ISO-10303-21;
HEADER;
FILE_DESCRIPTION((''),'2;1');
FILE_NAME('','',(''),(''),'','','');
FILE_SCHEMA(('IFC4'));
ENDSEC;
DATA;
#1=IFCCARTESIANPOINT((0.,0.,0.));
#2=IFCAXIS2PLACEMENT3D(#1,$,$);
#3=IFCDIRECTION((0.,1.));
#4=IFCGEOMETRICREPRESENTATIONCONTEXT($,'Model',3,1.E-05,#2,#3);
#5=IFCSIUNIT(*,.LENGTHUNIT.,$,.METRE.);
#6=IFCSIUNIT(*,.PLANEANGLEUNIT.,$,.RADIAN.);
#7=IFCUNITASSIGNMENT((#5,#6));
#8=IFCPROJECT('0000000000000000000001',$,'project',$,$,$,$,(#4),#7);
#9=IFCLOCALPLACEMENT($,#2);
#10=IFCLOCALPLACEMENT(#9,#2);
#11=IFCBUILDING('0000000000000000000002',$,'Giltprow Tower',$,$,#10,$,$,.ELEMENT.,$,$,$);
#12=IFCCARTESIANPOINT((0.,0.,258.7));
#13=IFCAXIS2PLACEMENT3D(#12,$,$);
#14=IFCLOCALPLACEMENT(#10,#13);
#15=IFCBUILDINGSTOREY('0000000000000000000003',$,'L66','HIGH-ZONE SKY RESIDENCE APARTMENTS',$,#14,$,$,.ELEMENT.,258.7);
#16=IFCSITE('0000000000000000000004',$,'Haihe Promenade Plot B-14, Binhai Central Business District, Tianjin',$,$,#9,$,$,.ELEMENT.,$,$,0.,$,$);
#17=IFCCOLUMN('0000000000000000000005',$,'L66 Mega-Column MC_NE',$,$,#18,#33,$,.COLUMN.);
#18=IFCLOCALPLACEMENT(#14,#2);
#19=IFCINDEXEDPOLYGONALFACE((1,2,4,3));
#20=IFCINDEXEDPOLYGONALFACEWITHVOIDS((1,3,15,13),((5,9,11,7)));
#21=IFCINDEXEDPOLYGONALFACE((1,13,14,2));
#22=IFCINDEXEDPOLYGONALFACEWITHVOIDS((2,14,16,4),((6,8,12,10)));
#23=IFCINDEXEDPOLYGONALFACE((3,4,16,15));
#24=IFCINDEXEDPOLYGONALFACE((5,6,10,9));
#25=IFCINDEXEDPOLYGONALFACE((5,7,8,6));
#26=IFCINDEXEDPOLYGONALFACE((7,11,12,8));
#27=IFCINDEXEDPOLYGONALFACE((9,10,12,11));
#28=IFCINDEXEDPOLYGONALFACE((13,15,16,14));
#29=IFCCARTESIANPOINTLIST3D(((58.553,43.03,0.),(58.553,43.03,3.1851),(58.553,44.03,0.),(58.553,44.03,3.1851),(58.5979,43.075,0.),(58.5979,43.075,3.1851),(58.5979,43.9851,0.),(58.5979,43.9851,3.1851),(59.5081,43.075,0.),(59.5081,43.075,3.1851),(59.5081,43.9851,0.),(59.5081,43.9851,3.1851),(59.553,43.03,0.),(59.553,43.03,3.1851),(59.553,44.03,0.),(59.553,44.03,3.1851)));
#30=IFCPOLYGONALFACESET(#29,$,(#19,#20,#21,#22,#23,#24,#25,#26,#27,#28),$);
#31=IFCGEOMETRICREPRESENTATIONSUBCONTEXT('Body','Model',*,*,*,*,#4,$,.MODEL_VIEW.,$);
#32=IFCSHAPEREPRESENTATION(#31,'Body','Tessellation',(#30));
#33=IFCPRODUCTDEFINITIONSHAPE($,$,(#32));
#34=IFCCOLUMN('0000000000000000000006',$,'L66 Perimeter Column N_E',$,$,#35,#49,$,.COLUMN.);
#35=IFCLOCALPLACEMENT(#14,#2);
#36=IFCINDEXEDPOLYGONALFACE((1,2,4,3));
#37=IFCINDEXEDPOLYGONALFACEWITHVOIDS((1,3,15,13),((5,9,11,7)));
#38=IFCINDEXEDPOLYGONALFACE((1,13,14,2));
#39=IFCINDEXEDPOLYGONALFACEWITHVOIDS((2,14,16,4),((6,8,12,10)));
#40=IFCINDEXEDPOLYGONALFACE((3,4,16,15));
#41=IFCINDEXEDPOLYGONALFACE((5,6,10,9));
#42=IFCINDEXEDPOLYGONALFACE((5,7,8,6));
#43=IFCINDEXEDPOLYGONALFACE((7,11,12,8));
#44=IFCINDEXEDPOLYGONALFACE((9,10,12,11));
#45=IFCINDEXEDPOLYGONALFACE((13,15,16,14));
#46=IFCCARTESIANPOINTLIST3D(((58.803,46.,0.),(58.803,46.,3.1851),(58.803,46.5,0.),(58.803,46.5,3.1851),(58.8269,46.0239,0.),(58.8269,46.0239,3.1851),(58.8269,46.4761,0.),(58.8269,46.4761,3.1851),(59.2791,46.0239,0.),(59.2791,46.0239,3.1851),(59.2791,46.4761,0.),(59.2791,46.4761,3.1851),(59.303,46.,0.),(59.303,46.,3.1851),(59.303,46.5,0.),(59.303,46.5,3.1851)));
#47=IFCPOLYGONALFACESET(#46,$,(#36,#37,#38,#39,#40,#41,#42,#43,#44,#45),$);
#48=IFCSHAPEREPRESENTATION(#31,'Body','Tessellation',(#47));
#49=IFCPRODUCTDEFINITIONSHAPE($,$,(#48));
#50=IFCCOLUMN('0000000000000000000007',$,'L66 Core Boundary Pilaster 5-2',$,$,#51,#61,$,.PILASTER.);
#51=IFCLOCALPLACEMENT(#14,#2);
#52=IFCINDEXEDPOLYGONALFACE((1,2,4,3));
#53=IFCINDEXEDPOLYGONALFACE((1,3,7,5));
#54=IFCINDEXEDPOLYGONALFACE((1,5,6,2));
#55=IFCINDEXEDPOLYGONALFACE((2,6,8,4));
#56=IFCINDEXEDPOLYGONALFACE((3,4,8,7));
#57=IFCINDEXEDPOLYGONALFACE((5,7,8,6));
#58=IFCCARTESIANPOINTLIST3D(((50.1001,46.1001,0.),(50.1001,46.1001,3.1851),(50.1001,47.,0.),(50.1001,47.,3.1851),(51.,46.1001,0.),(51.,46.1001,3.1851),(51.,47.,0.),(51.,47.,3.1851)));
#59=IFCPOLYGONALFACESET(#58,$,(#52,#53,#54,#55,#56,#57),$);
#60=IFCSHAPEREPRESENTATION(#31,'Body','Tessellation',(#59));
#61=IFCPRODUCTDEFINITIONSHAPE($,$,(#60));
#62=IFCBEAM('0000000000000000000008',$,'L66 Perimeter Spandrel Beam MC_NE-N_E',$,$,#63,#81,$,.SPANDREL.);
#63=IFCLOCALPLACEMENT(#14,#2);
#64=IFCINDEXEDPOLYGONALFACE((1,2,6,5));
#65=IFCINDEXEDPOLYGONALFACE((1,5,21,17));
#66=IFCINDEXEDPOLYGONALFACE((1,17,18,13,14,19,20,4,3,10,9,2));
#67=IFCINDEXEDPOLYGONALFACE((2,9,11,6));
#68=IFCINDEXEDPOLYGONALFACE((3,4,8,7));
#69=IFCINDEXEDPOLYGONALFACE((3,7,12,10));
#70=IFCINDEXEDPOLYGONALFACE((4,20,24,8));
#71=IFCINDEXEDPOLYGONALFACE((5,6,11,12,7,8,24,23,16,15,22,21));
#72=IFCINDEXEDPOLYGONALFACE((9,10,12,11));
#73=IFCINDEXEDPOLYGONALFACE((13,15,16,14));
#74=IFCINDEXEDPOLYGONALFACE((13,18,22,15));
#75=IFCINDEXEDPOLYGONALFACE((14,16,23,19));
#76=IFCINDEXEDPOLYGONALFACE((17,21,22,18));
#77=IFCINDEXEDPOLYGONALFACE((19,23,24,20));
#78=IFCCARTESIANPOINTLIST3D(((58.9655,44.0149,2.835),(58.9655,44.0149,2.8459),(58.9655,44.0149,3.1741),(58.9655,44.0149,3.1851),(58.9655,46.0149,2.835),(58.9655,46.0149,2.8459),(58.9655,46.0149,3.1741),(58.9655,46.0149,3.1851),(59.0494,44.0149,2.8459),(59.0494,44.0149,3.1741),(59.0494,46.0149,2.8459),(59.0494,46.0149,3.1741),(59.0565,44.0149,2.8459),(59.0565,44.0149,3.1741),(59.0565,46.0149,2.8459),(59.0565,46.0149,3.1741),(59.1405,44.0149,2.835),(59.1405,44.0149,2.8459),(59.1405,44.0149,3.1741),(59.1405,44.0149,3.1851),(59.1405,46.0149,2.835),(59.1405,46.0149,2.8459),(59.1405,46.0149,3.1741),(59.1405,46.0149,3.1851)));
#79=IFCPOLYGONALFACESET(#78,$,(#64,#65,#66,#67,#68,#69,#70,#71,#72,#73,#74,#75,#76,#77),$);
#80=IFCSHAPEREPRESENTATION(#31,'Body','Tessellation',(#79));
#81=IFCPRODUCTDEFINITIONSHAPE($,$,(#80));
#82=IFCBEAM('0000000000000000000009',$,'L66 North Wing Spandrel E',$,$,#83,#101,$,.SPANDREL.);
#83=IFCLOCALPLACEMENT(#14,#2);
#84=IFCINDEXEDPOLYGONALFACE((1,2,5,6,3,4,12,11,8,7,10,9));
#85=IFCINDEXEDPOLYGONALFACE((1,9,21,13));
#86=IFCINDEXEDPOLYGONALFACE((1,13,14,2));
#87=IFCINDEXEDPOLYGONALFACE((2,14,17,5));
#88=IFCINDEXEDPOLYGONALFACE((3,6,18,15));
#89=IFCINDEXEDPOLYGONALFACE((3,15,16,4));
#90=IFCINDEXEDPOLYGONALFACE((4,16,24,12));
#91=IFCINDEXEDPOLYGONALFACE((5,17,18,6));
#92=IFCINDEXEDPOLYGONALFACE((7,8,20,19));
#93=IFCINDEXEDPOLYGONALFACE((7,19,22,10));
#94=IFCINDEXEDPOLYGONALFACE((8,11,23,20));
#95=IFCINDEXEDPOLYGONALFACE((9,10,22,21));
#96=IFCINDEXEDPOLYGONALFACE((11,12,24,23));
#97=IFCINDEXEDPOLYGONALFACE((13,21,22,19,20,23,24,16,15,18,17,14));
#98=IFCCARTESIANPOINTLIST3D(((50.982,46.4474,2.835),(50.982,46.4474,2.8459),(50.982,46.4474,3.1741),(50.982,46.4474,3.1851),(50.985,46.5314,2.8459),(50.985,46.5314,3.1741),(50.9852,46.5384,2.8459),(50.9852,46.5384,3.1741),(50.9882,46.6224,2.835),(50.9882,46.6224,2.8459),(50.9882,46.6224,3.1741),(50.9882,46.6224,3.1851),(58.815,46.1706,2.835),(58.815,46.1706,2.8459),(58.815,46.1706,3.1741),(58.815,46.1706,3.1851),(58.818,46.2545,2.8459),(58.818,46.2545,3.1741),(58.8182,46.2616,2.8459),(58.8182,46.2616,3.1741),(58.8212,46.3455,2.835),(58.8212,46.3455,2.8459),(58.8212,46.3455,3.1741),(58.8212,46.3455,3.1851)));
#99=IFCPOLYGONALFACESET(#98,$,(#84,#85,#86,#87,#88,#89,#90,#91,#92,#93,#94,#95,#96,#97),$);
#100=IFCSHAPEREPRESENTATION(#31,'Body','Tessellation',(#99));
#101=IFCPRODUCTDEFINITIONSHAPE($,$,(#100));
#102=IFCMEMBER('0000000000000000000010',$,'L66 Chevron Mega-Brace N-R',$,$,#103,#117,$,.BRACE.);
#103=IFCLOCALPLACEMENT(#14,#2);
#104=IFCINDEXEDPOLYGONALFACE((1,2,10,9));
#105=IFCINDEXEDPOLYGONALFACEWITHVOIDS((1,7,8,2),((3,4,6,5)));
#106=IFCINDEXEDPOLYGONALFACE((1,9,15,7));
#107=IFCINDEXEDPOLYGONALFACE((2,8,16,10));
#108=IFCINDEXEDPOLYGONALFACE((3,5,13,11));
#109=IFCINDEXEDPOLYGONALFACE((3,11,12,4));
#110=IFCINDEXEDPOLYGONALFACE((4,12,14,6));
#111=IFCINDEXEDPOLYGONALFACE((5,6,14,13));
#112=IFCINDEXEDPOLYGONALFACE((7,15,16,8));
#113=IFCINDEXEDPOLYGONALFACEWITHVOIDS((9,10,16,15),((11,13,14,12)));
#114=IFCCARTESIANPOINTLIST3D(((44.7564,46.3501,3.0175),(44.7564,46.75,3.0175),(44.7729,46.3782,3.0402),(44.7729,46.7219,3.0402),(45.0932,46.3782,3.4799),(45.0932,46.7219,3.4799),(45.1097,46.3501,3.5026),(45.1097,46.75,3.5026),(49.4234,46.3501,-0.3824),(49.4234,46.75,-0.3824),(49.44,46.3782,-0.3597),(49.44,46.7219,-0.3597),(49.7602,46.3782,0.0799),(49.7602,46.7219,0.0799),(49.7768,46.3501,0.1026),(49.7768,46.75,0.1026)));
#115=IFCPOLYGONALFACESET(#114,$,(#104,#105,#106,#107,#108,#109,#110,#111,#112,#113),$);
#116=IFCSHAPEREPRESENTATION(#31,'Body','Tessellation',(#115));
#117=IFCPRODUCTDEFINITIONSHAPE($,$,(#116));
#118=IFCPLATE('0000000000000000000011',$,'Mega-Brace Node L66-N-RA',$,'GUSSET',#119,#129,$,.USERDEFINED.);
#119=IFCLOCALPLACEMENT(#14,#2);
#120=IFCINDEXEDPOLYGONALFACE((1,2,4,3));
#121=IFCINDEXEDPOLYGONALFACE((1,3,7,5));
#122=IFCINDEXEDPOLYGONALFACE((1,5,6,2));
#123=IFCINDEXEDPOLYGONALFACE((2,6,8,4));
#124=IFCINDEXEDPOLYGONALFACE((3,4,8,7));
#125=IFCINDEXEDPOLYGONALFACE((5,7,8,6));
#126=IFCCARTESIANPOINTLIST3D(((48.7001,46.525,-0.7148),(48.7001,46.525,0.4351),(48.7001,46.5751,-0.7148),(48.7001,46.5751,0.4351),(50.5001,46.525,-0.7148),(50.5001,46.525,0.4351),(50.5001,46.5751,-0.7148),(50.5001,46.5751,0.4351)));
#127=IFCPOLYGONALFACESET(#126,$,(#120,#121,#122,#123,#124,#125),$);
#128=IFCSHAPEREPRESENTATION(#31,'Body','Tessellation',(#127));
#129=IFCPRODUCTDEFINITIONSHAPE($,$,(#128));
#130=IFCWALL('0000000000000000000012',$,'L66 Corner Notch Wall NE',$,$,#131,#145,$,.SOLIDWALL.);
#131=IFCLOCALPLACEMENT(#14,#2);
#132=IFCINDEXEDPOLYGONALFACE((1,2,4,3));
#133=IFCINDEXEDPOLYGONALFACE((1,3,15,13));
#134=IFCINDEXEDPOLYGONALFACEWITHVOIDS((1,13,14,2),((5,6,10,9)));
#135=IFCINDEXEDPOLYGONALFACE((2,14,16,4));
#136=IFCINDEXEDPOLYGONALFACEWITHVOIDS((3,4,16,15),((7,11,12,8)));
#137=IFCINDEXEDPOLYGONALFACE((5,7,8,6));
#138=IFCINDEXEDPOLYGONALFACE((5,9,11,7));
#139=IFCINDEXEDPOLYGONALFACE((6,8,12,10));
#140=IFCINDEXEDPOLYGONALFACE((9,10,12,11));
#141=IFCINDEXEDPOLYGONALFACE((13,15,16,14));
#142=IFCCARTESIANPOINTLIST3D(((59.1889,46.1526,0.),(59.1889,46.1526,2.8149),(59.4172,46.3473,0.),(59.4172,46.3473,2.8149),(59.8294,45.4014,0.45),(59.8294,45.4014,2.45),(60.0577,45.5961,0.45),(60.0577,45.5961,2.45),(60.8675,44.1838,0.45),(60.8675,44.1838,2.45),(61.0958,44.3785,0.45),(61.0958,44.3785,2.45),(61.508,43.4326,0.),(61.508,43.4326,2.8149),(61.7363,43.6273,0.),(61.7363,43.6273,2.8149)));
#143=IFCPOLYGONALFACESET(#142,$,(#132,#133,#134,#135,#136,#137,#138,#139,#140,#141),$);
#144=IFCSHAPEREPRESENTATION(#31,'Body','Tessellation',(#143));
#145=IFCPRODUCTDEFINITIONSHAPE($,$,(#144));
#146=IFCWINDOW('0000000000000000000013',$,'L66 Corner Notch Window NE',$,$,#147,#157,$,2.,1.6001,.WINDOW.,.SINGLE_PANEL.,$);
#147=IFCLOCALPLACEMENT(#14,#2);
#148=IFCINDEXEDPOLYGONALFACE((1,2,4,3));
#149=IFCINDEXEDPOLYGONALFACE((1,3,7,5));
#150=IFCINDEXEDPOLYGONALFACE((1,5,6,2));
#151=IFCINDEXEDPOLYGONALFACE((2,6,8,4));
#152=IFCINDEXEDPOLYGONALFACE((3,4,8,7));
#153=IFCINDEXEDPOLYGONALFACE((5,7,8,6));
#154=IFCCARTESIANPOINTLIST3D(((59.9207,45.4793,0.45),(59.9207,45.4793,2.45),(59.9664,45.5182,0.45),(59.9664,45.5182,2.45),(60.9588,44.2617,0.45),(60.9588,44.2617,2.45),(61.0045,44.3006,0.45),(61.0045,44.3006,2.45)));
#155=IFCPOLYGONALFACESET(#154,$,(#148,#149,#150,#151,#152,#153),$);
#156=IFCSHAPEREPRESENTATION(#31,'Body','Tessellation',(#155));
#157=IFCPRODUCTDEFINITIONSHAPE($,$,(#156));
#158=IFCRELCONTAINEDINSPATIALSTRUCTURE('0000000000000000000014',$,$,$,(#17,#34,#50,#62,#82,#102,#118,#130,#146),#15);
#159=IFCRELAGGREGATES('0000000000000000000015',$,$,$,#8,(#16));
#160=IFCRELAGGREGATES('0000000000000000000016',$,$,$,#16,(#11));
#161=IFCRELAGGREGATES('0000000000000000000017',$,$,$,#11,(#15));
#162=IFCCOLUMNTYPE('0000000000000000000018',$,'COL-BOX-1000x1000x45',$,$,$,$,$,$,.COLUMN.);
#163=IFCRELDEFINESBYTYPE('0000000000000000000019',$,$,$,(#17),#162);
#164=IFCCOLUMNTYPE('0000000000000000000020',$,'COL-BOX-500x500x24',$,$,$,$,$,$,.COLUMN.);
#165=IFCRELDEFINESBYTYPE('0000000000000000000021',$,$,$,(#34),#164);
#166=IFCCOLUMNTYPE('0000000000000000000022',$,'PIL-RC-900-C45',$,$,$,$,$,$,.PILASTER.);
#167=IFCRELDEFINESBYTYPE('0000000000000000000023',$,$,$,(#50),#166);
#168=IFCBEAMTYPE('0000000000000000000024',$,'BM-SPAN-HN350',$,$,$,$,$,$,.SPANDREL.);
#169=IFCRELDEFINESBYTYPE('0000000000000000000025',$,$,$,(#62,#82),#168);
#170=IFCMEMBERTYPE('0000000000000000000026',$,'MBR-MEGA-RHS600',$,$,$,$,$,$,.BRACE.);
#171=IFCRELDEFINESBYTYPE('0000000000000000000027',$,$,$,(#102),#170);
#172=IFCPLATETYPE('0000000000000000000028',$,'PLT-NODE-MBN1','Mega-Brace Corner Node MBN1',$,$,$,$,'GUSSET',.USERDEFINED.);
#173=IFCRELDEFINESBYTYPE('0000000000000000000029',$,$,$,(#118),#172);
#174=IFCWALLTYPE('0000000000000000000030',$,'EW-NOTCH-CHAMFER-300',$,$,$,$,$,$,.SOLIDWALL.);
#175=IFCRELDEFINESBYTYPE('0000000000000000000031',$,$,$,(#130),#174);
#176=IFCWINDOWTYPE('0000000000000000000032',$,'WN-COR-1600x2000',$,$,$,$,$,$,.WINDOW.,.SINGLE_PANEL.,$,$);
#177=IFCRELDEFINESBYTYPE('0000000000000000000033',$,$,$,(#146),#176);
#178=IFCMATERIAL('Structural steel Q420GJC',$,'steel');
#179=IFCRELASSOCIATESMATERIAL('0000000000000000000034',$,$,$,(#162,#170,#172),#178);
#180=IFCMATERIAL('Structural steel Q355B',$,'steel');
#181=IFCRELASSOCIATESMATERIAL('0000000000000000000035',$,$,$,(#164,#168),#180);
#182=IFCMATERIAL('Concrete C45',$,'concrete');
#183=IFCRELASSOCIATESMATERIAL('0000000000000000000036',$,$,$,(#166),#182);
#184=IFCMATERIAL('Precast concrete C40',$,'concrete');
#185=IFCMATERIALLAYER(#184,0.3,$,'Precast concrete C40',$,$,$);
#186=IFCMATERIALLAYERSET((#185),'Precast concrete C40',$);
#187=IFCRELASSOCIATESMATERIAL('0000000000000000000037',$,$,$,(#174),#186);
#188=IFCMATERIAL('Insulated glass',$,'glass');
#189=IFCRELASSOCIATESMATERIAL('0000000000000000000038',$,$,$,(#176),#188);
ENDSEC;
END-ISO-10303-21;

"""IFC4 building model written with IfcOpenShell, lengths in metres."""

from ifc_helpers import new_model, si_unit, direction, frame, frame_2d, origin, origin_2d, place, context, subcontext, project, spatial, rectangle, hollow_rectangle, i_section, extrude, source, transform, mapped, material, layer, layer_set, material_profile, profile_set, type_object, element, fill, save


model = new_model("IFC4")

# Units and contexts
model_context = context("Model", 3, precision=1e-05, world=origin(), true_north=direction((0.0, 1.0)))
body_context = subcontext(model_context, "Body", "Model", "MODEL_VIEW")
ifc_project = project(units=[si_unit("LENGTHUNIT", "METRE"), si_unit("PLANEANGLEUNIT", "RADIAN")], contexts=[model_context])

# Site, building, storey
site_placement = place(None, origin())
site = spatial("IfcSite", under=ifc_project, at=site_placement, Name="Haihe Promenade Plot B-14, Binhai Central Business District, Tianjin", CompositionType="ELEMENT", RefElevation=0.0)
building_placement = place(site_placement, origin())
building = spatial("IfcBuilding", under=site, at=building_placement, Name="Giltprow Tower", CompositionType="ELEMENT")
storey_placement = place(building_placement, frame((0.0, 0.0, 258.7)))
storey = spatial("IfcBuildingStorey", under=building, at=storey_placement, Name="L66", Description="HIGH-ZONE SKY RESIDENCE APARTMENTS", CompositionType="ELEMENT", Elevation=258.7)

# Columns
ifc_material_1 = material(Name="Structural steel Q420GJC", Category="steel")
ifc_material_profile_1 = material_profile(ifc_material_1, hollow_rectangle(XDim=1.0, YDim=1.0, WallThickness=0.0449, at=origin_2d()), Name="BOX 1000x1000x45")
ifc_profile_set_1 = profile_set([ifc_material_profile_1], Name="Structural steel Q420GJC")
column_type_1 = type_object("IfcColumnType", Name="COL-BOX-1000x1000x45", PredefinedType="COLUMN", material=ifc_profile_set_1)
shared_shape_1 = source(origin(), body_context, "Body", "SweptSolid", [
    extrude(hollow_rectangle(XDim=1.0, YDim=1.0, WallThickness=0.0449, at=origin_2d()), origin(), (0.0, 0.0, 1.0), 3.1851),
])
column_1_placement = place(storey_placement, frame((59.053, 43.53, 0.0), z_axis=(0.0, 0.0, 1.0), x_axis=(1.0, 0.0, 0.0)))
element("IfcColumn", 1, at=column_1_placement, inside=storey, type_object=column_type_1, Name="L66 Mega-Column MC_NE", PredefinedType="COLUMN", context=body_context, shape_type="MappedRepresentation", body=[
    mapped(shared_shape_1, transform((0.0, 0.0, 0.0), x_axis=(1.0, 0.0, 0.0), y_axis=(0.0, 1.0, 0.0), z_axis=(0.0, 0.0, 1.0), scale=1.0)),
])
ifc_material_2 = material(Name="Structural steel Q355B", Category="steel")
ifc_material_profile_2 = material_profile(ifc_material_2, hollow_rectangle(XDim=0.5, YDim=0.5, WallThickness=0.0239, at=origin_2d()), Name="BOX 500x500x24")
ifc_profile_set_2 = profile_set([ifc_material_profile_2], Name="Structural steel Q355B")
column_type_2 = type_object("IfcColumnType", Name="COL-BOX-500x500x24", PredefinedType="COLUMN", material=ifc_profile_set_2)
shared_shape_2 = source(origin(), body_context, "Body", "SweptSolid", [
    extrude(hollow_rectangle(XDim=0.5, YDim=0.5, WallThickness=0.0239, at=origin_2d()), origin(), (0.0, 0.0, 1.0), 3.1851),
])
column_2_placement = place(storey_placement, frame((59.053, 46.25, 0.0), z_axis=(0.0, 0.0, 1.0), x_axis=(1.0, 0.0, 0.0)))
element("IfcColumn", 2, at=column_2_placement, inside=storey, type_object=column_type_2, Name="L66 Perimeter Column N_E", PredefinedType="COLUMN", context=body_context, shape_type="MappedRepresentation", body=[
    mapped(shared_shape_2, transform((0.0, 0.0, 0.0), x_axis=(1.0, 0.0, 0.0), y_axis=(0.0, 1.0, 0.0), z_axis=(0.0, 0.0, 1.0), scale=1.0)),
])
ifc_material_3 = material(Name="Concrete C45", Category="concrete")
ifc_material_profile_3 = material_profile(ifc_material_3, rectangle(XDim=0.8999, YDim=0.8999, at=origin_2d()), Name="RC 900x900")
ifc_profile_set_3 = profile_set([ifc_material_profile_3], Name="Concrete C45")
column_type_3 = type_object("IfcColumnType", Name="PIL-RC-900-C45", PredefinedType="PILASTER", material=ifc_profile_set_3)
shared_shape_3 = source(origin(), body_context, "Body", "SweptSolid", [
    extrude(rectangle(XDim=0.8999, YDim=0.8999, at=origin_2d()), origin(), (0.0, 0.0, 1.0), 3.1851),
])
column_3_placement = place(storey_placement, frame((50.55, 46.55, 0.0), z_axis=(0.0, 0.0, 1.0), x_axis=(1.0, 0.0, 0.0)))
element("IfcColumn", 3, at=column_3_placement, inside=storey, type_object=column_type_3, Name="L66 Core Boundary Pilaster 5-2", PredefinedType="PILASTER", context=body_context, shape_type="MappedRepresentation", body=[
    mapped(shared_shape_3, transform((0.0, 0.0, 0.0), x_axis=(1.0, 0.0, 0.0), y_axis=(0.0, 1.0, 0.0), z_axis=(0.0, 0.0, 1.0), scale=1.0)),
])

# Beams
ifc_material_profile_4 = material_profile(ifc_material_2, i_section(OverallWidth=0.175, OverallDepth=0.3501, WebThickness=0.0071, FlangeThickness=0.011, at=origin_2d()), Name="HN 350x175x7x11")
ifc_profile_set_4 = profile_set([ifc_material_profile_4], Name="Structural steel Q355B")
beam_type = type_object("IfcBeamType", Name="BM-SPAN-HN350", PredefinedType="SPANDREL", material=ifc_profile_set_4)
shared_shape_4 = source(origin(), body_context, "Body", "SweptSolid", [
    extrude(i_section(OverallWidth=0.175, OverallDepth=0.3501, WebThickness=0.0071, FlangeThickness=0.011, at=origin_2d()), origin(), (0.0, 0.0, 1.0), 2.0),
])
beam_1_placement = place(storey_placement, frame((59.053, 44.0149, 3.01), z_axis=(0.0, 1.0, 0.0), x_axis=(-1.0, 0.0, 0.0)))
element("IfcBeam", 4, at=beam_1_placement, inside=storey, type_object=beam_type, Name="L66 Perimeter Spandrel Beam MC_NE-N_E", PredefinedType="SPANDREL", context=body_context, shape_type="MappedRepresentation", body=[
    mapped(shared_shape_4, transform((0.0, 0.0, 0.0), x_axis=(1.0, 0.0, 0.0), y_axis=(0.0, 1.0, 0.0), z_axis=(0.0, 0.0, 1.0), scale=1.0)),
])
shared_shape_5 = source(origin(), body_context, "Body", "SweptSolid", [
    extrude(i_section(OverallWidth=0.175, OverallDepth=0.3501, WebThickness=0.0071, FlangeThickness=0.011, at=origin_2d()), origin(), (0.0, 0.0, 1.0), 7.8379),
])
beam_2_placement = place(storey_placement, frame((50.9851, 46.5349, 3.01), z_axis=(0.999376, -0.035323, 0.0), x_axis=(0.035323, 0.999376, 0.0)))
element("IfcBeam", 5, at=beam_2_placement, inside=storey, type_object=beam_type, Name="L66 North Wing Spandrel E", PredefinedType="SPANDREL", context=body_context, shape_type="MappedRepresentation", body=[
    mapped(shared_shape_5, transform((0.0, 0.0, 0.0), x_axis=(1.0, 0.0, 0.0), y_axis=(0.0, 1.0, 0.0), z_axis=(0.0, 0.0, 1.0), scale=1.0)),
])

# Member
ifc_material_profile_5 = material_profile(ifc_material_1, hollow_rectangle(XDim=0.3999, YDim=0.6001, WallThickness=0.0281, at=origin_2d()), Name="RHS 600x400x28")
ifc_profile_set_5 = profile_set([ifc_material_profile_5], Name="Structural steel Q420GJC")
member_type = type_object("IfcMemberType", Name="MBR-MEGA-RHS600", PredefinedType="BRACE", material=ifc_profile_set_5)
shared_shape_6 = source(origin(), body_context, "Body", "SweptSolid", [
    extrude(hollow_rectangle(XDim=0.3999, YDim=0.6001, WallThickness=0.0281, at=origin_2d()), origin(), (0.0, 0.0, 1.0), 5.7742),
])
member_placement = place(storey_placement, frame((49.6001, 46.55, -0.1399), z_axis=(-0.808264, 0.0, 0.58882), x_axis=(0.0, -1.0, 0.0)))
element("IfcMember", 6, at=member_placement, inside=storey, type_object=member_type, Name="L66 Chevron Mega-Brace N-R", PredefinedType="BRACE", context=body_context, shape_type="MappedRepresentation", body=[
    mapped(shared_shape_6, transform((0.0, 0.0, 0.0), x_axis=(1.0, 0.0, 0.0), y_axis=(0.0, 1.0, 0.0), z_axis=(0.0, 0.0, 1.0), scale=1.0)),
])

# Plate
plate_type = type_object("IfcPlateType", Name="PLT-NODE-MBN1", Description="Mega-Brace Corner Node MBN1", ElementType="GUSSET", PredefinedType="USERDEFINED", material=ifc_material_1)
shared_shape_7 = source(origin(), body_context, "Body", "SweptSolid", [
    extrude(rectangle(XDim=1.8, YDim=0.05, at=origin_2d()), origin(), (0.0, 0.0, 1.0), 1.1499),
])
plate_placement = place(storey_placement, frame((49.6001, 46.55, -0.7148), z_axis=(0.0, 0.0, 1.0), x_axis=(1.0, 0.0, 0.0)))
element("IfcPlate", 7, at=plate_placement, inside=storey, type_object=plate_type, Name="Mega-Brace Node L66-N-RA", ObjectType="GUSSET", PredefinedType="USERDEFINED", context=body_context, shape_type="MappedRepresentation", body=[
    mapped(shared_shape_7, transform((0.0, 0.0, 0.0), x_axis=(1.0, 0.0, 0.0), y_axis=(0.0, 1.0, 0.0), z_axis=(0.0, 0.0, 1.0), scale=1.0)),
])

# Wall, opening, window
ifc_material_4 = material(Name="Precast concrete C40", Category="concrete")
ifc_layer_1 = layer(ifc_material_4, 0.3, Name="Precast concrete C40")
ifc_layer_set_1 = layer_set([ifc_layer_1], Name="Precast concrete C40")
wall_type_1 = type_object("IfcWallType", Name="EW-NOTCH-CHAMFER-300", PredefinedType="SOLIDWALL", material=ifc_layer_set_1)
wall_1_placement = place(storey_placement, frame((61.6221, 43.53, 0.0), z_axis=(0.0, 0.0, 1.0), x_axis=(-0.648804, 0.760956, 0.0)))
wall_1 = element("IfcWall", 8, at=wall_1_placement, inside=storey, type_object=wall_type_1, Name="L66 Corner Notch Wall NE", PredefinedType="SOLIDWALL", context=body_context, shape_type="SweptSolid", body=[
    extrude(rectangle(XDim=3.5745, YDim=0.3, at=frame_2d((1.7871, 0.0))), origin(), (0.0, 0.0, 1.0), 2.8149),
])
opening_1_placement = place(wall_1_placement, frame((0.9871, 0.0, 0.45)))
opening_1 = element("IfcOpeningElement", 9, at=opening_1_placement, cuts=wall_1, PredefinedType="OPENING", context=body_context, shape_type="SweptSolid", body=[
    extrude(rectangle(XDim=1.6001, YDim=2.0, at=frame_2d((0.8, 1.0))), frame((0.0, 0.1599, 0.0), z_axis=(0.0, -1.0, 0.0), x_axis=(1.0, 0.0, 0.0)), (0.0, 0.0, 1.0), 0.3201),
])
ifc_material_5 = material(Name="Insulated glass", Category="glass")
window_type = type_object("IfcWindowType", Name="WN-COR-1600x2000", PartitioningType="SINGLE_PANEL", PredefinedType="WINDOW", material=ifc_material_5)
shared_shape_8 = source(origin(), body_context, "Body", "SweptSolid", [
    extrude(rectangle(XDim=1.6001, YDim=2.0, at=frame_2d((0.8, 1.0))), frame((0.0, 0.03, 0.0), z_axis=(0.0, -1.0, 0.0), x_axis=(1.0, 0.0, 0.0)), (0.0, 0.0, 1.0), 0.0601),
])
window_1_placement = place(opening_1_placement, origin())
window_1 = element("IfcWindow", 10, at=window_1_placement, inside=storey, type_object=window_type, Name="L66 Corner Notch Window NE", OverallHeight=2.0, OverallWidth=1.6001, PartitioningType="SINGLE_PANEL", PredefinedType="WINDOW", context=body_context, shape_type="MappedRepresentation", body=[
    mapped(shared_shape_8, transform((0.0, 0.0, 0.0), x_axis=(1.0, 0.0, 0.0), y_axis=(0.0, 1.0, 0.0), z_axis=(0.0, 0.0, 1.0), scale=1.0)),
])
fill(opening_1, window_1)

save(model, "model.ifc")
